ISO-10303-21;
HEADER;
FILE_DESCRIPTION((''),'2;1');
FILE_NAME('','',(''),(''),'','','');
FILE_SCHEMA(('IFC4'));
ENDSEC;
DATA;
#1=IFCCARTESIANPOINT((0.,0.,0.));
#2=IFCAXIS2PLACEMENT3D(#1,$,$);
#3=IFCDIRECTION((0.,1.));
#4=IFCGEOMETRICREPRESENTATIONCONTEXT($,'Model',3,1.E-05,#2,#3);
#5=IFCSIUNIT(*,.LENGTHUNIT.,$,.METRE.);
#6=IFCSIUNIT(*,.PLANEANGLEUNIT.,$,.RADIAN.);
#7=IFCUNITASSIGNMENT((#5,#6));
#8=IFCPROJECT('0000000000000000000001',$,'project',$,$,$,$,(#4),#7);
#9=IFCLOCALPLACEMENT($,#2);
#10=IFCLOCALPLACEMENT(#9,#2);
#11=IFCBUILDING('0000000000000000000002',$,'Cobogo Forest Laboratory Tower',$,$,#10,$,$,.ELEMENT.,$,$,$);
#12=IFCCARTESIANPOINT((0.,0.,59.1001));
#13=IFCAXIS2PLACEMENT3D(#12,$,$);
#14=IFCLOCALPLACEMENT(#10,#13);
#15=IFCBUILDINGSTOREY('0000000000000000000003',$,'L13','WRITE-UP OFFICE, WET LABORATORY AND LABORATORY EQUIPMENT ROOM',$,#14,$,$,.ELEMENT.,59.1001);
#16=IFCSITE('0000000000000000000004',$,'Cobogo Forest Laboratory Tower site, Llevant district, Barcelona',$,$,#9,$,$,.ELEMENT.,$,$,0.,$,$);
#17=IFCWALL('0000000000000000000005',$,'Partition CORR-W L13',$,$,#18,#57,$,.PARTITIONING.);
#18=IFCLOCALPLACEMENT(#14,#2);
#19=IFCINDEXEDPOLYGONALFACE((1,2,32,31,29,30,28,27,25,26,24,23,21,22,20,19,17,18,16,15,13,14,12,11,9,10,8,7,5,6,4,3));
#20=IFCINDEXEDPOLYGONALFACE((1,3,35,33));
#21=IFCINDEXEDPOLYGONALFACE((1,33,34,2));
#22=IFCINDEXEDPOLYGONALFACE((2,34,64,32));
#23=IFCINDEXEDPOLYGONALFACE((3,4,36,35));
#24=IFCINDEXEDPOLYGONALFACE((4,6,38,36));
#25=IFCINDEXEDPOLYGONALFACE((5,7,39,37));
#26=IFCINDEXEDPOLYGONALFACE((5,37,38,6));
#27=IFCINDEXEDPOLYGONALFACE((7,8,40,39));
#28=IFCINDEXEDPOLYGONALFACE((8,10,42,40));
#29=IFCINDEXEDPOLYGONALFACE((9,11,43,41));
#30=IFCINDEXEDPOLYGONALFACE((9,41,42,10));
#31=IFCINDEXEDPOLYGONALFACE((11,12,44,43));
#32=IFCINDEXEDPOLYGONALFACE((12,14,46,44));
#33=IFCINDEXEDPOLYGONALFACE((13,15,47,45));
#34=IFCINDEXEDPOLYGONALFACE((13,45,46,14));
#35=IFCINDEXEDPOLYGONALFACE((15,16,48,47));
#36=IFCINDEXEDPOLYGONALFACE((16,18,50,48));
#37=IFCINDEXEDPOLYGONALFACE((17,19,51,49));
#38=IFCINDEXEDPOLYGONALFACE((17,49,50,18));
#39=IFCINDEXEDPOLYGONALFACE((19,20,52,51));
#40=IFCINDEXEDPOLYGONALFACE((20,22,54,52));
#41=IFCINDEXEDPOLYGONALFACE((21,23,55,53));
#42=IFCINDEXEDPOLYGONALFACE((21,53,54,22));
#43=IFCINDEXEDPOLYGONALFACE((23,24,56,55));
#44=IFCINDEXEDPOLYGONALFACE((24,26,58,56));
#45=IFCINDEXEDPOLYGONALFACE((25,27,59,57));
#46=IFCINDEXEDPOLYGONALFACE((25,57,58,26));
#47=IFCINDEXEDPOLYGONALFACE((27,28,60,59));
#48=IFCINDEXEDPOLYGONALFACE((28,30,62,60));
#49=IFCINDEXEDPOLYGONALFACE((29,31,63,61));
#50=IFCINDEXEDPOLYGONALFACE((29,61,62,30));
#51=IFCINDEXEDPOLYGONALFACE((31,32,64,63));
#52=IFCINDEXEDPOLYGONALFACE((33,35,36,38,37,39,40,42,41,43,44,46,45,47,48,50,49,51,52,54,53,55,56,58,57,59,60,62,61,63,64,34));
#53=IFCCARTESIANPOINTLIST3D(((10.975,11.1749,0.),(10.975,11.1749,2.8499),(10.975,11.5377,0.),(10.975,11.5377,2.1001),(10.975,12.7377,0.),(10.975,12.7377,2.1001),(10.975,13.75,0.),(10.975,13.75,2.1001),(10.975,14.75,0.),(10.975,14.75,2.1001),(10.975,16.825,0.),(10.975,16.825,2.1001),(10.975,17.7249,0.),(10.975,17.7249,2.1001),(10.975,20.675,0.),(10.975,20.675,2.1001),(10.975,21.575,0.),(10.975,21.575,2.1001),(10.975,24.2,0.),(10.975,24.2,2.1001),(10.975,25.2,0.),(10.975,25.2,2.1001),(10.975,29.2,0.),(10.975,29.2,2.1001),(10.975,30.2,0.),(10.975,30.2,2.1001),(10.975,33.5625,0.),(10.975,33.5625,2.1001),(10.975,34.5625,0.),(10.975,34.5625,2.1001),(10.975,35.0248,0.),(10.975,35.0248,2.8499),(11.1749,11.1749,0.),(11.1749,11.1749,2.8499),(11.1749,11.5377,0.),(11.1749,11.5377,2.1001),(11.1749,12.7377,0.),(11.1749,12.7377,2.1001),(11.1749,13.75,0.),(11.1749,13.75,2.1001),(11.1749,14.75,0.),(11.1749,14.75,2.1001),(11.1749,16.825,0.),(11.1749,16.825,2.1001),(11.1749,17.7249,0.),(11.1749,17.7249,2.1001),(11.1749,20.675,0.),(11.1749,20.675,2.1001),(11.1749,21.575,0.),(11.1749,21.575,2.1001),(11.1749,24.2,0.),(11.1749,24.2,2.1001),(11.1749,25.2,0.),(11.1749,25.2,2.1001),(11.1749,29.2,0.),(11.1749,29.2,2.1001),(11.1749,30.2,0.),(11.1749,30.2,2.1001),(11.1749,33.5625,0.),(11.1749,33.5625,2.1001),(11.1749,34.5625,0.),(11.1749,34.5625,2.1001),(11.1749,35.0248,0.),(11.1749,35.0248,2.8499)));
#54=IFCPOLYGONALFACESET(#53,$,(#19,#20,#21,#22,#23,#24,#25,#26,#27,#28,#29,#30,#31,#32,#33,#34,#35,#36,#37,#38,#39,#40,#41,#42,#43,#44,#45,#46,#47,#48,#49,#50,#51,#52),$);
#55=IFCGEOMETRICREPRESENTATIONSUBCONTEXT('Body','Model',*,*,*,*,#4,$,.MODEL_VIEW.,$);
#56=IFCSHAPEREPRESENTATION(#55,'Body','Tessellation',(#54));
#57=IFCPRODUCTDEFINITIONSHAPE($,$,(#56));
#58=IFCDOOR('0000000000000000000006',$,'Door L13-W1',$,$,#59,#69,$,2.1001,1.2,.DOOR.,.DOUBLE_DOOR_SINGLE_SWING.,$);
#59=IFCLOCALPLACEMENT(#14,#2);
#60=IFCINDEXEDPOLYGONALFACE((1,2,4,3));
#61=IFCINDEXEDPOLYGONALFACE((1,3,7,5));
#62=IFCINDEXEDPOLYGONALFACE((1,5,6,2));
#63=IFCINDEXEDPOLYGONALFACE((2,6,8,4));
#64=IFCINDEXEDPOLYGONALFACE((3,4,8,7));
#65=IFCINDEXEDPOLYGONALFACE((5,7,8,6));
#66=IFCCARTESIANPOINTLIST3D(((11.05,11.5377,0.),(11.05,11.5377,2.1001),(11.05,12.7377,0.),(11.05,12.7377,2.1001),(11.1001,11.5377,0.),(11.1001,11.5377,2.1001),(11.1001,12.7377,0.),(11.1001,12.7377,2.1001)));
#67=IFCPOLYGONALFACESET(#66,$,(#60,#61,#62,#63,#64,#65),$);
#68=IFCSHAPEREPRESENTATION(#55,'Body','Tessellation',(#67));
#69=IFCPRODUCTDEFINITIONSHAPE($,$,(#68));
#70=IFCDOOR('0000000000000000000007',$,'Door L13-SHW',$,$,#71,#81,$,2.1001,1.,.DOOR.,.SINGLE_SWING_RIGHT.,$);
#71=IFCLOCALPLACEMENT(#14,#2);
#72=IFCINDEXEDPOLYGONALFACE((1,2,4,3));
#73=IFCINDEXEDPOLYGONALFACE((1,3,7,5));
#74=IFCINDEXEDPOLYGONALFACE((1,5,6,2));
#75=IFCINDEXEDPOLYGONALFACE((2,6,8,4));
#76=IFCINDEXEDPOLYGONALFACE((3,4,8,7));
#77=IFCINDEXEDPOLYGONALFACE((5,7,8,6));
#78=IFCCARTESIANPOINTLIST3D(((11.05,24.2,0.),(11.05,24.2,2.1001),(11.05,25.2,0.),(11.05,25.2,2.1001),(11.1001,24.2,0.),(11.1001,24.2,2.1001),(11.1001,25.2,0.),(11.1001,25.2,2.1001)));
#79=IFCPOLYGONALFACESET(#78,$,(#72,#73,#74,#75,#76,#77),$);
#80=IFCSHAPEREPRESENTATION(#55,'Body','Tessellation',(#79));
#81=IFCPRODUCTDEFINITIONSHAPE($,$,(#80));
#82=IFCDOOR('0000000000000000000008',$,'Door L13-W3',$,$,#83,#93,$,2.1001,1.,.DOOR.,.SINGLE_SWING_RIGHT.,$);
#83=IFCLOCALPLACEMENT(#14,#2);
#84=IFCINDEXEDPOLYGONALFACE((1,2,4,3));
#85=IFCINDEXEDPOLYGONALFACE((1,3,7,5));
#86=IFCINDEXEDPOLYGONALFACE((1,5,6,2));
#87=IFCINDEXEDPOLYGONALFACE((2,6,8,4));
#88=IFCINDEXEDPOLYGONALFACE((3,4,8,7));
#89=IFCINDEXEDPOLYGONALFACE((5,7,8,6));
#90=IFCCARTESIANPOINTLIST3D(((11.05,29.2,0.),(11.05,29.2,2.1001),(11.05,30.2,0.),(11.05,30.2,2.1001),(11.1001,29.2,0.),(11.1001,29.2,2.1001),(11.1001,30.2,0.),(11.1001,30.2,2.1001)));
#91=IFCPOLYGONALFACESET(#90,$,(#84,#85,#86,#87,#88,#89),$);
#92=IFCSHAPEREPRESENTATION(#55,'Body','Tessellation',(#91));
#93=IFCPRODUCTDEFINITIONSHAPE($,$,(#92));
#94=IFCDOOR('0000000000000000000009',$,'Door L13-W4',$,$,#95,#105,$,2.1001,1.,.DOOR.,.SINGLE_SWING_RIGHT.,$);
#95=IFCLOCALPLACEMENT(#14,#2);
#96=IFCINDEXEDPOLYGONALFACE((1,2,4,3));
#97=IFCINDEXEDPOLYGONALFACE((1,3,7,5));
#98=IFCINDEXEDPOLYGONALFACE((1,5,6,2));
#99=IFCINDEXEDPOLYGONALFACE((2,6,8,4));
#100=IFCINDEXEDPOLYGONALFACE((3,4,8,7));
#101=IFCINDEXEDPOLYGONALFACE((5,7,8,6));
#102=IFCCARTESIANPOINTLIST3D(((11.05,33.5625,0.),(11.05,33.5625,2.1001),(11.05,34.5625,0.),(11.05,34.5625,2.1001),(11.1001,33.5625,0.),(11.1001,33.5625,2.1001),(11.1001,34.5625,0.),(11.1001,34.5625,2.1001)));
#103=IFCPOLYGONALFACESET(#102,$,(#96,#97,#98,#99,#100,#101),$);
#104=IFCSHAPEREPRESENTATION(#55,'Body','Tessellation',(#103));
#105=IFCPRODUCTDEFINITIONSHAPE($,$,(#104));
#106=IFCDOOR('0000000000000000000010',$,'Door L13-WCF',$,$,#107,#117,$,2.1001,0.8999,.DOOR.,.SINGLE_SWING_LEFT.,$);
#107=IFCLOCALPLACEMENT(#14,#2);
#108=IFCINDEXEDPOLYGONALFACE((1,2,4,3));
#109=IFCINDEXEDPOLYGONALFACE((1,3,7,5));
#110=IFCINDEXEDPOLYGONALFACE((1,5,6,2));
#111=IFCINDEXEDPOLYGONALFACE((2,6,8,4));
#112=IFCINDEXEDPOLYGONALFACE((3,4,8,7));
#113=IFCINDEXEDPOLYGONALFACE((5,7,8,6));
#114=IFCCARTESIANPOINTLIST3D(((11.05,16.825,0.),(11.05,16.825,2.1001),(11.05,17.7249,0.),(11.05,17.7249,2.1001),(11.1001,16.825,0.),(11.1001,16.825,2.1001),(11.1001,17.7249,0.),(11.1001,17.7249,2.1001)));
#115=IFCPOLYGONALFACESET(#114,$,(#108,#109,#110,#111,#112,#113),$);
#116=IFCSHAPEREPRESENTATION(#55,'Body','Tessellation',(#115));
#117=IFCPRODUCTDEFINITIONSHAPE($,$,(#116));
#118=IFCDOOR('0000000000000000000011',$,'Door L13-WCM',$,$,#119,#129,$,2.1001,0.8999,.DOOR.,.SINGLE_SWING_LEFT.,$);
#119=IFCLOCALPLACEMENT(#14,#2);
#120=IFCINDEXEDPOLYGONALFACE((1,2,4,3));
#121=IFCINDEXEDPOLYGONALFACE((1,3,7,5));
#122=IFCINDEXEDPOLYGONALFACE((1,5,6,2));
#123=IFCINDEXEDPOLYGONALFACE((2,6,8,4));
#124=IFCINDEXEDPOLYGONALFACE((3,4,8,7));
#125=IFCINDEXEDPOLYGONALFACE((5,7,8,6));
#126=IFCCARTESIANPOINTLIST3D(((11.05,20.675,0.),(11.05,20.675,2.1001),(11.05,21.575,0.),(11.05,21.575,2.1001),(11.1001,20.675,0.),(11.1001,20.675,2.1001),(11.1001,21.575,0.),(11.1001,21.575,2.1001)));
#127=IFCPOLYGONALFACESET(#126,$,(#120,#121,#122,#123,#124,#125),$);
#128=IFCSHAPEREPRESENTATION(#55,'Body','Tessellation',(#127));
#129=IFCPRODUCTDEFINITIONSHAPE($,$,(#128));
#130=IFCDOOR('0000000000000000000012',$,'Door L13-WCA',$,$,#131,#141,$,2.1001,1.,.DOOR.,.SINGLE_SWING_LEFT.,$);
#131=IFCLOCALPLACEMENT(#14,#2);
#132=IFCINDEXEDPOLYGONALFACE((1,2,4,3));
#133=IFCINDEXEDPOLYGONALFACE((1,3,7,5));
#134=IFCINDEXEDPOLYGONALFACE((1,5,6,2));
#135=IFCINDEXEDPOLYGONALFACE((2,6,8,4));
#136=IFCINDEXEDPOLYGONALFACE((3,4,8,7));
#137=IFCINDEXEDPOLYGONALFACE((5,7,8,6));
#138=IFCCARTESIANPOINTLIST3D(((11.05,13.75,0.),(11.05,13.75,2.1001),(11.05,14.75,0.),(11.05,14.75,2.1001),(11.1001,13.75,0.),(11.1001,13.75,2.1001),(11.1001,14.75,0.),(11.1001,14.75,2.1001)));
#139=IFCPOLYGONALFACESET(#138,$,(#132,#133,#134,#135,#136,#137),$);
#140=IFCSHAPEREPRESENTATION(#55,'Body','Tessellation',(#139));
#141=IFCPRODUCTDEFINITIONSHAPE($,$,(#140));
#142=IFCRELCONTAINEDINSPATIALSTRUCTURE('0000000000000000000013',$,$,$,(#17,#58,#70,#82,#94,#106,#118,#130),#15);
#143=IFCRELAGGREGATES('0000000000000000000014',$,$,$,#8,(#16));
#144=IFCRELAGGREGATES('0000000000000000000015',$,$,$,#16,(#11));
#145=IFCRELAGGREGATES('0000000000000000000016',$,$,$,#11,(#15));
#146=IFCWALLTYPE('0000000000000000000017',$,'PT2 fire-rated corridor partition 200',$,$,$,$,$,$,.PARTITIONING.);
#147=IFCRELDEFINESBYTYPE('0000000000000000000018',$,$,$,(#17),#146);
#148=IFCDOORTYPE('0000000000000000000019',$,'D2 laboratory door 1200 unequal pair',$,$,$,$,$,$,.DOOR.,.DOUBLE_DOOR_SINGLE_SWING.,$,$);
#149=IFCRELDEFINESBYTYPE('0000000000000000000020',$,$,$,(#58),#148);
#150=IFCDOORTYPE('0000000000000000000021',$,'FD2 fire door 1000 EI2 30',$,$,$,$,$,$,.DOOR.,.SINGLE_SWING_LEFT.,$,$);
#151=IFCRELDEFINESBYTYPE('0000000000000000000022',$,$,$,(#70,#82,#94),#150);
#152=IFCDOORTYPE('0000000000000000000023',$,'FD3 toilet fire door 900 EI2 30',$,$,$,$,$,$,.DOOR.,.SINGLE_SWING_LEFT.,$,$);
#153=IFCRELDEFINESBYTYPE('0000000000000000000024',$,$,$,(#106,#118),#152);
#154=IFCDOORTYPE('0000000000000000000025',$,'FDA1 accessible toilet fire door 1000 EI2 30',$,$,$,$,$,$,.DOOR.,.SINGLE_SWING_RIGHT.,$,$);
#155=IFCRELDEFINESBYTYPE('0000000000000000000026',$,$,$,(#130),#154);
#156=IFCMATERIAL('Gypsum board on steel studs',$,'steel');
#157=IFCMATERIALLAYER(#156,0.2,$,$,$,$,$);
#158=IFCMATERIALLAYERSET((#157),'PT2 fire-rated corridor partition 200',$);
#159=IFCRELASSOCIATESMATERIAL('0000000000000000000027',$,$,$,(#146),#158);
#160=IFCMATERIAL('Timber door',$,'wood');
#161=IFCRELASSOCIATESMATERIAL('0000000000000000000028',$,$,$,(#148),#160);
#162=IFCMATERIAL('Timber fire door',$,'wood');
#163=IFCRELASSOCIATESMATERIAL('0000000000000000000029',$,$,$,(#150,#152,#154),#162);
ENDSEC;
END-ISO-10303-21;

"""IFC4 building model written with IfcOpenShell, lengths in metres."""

from ifc_helpers import new_model, si_unit, direction, frame, frame_2d, origin, place, context, subcontext, project, spatial, rectangle, extrude, material, layer, layer_set, type_object, element, fill, save


model = new_model("IFC4")

# Units and contexts
model_context = context("Model", 3, precision=1e-05, world=origin(), true_north=direction((0.0, 1.0)))
body_context = subcontext(model_context, "Body", "Model", "MODEL_VIEW")
ifc_project = project(units=[si_unit("LENGTHUNIT", "METRE"), si_unit("PLANEANGLEUNIT", "RADIAN")], contexts=[model_context])

# Site, building, storey
site_placement = place(None, origin())
site = spatial("IfcSite", under=ifc_project, at=site_placement, Name="Cobogo Forest Laboratory Tower site, Llevant district, Barcelona", CompositionType="ELEMENT", RefElevation=0.0)
building_placement = place(site_placement, origin())
building = spatial("IfcBuilding", under=site, at=building_placement, Name="Cobogo Forest Laboratory Tower", CompositionType="ELEMENT")
storey_placement = place(building_placement, frame((0.0, 0.0, 59.1001)))
storey = spatial("IfcBuildingStorey", under=building, at=storey_placement, Name="L13", Description="WRITE-UP OFFICE, WET LABORATORY AND LABORATORY EQUIPMENT ROOM", CompositionType="ELEMENT", Elevation=59.1001)

# Shared definitions
ifc_material_1 = material(Name="Gypsum board on steel studs", Category="steel")

# Wall, openings, doors
ifc_layer_1 = layer(ifc_material_1, 0.2)
ifc_layer_set_1 = layer_set([ifc_layer_1], Name="PT2 fire-rated corridor partition 200")
wall_type_1 = type_object("IfcWallType", Name="PT2 fire-rated corridor partition 200", PredefinedType="PARTITIONING", material=ifc_layer_set_1)
ifc_material_2 = material(Name="Timber door", Category="wood")
door_type_1 = type_object("IfcDoorType", Name="D2 laboratory door 1200 unequal pair", OperationType="DOUBLE_DOOR_SINGLE_SWING", PredefinedType="DOOR", material=ifc_material_2)
ifc_material_3 = material(Name="Timber fire door", Category="wood")
door_type_2 = type_object("IfcDoorType", Name="FD2 fire door 1000 EI2 30", OperationType="SINGLE_SWING_LEFT", PredefinedType="DOOR", material=ifc_material_3)
wall_1_placement = place(storey_placement, frame((11.075, 11.175, 0.0), z_axis=(0.0, 0.0, 1.0), x_axis=(0.0, 1.0, 0.0)))
wall_1 = element("IfcWall", 1, at=wall_1_placement, inside=storey, type_object=wall_type_1, Name="Partition CORR-W L13", PredefinedType="PARTITIONING", context=body_context, shape_type="SweptSolid", body=[
    extrude(rectangle(XDim=23.8499, YDim=0.2, at=frame_2d((11.9248, 0.0))), origin(), (0.0, 0.0, 1.0), 2.8499),
])
opening_1_placement = place(wall_1_placement, frame((0.3625, 0.0, 0.0)))
opening_1 = element("IfcOpeningElement", 2, at=opening_1_placement, cuts=wall_1, PredefinedType="OPENING", context=body_context, shape_type="SweptSolid", body=[
    extrude(rectangle(XDim=1.2, YDim=2.1001, at=frame_2d((0.6001, 1.05))), frame((0.0, 0.1099, 0.0), z_axis=(0.0, -1.0, 0.0), x_axis=(1.0, 0.0, 0.0)), (0.0, 0.0, 1.0), 0.22),
])
opening_2_placement = place(wall_1_placement, frame((2.575, 0.0, 0.0)))
opening_2 = element("IfcOpeningElement", 3, at=opening_2_placement, cuts=wall_1, PredefinedType="OPENING", context=body_context, shape_type="SweptSolid", body=[
    extrude(rectangle(XDim=1.0, YDim=2.1001, at=frame_2d((0.5, 1.05))), frame((0.0, 0.1099, 0.0), z_axis=(0.0, -1.0, 0.0), x_axis=(1.0, 0.0, 0.0)), (0.0, 0.0, 1.0), 0.22),
])
opening_3_placement = place(wall_1_placement, frame((5.6499, 0.0, 0.0)))
opening_3 = element("IfcOpeningElement", 4, at=opening_3_placement, cuts=wall_1, PredefinedType="OPENING", context=body_context, shape_type="SweptSolid", body=[
    extrude(rectangle(XDim=0.8999, YDim=2.1001, at=frame_2d((0.45, 1.05))), frame((0.0, 0.1099, 0.0), z_axis=(0.0, -1.0, 0.0), x_axis=(1.0, 0.0, 0.0)), (0.0, 0.0, 1.0), 0.22),
])
opening_4_placement = place(wall_1_placement, frame((9.5, 0.0, 0.0)))
opening_4 = element("IfcOpeningElement", 5, at=opening_4_placement, cuts=wall_1, PredefinedType="OPENING", context=body_context, shape_type="SweptSolid", body=[
    extrude(rectangle(XDim=0.8999, YDim=2.1001, at=frame_2d((0.45, 1.05))), frame((0.0, 0.1099, 0.0), z_axis=(0.0, -1.0, 0.0), x_axis=(1.0, 0.0, 0.0)), (0.0, 0.0, 1.0), 0.22),
])
opening_5_placement = place(wall_1_placement, frame((13.0249, 0.0, 0.0)))
opening_5 = element("IfcOpeningElement", 6, at=opening_5_placement, cuts=wall_1, PredefinedType="OPENING", context=body_context, shape_type="SweptSolid", body=[
    extrude(rectangle(XDim=1.0, YDim=2.1001, at=frame_2d((0.5, 1.05))), frame((0.0, 0.1099, 0.0), z_axis=(0.0, -1.0, 0.0), x_axis=(1.0, 0.0, 0.0)), (0.0, 0.0, 1.0), 0.22),
])
opening_6_placement = place(wall_1_placement, frame((18.0249, 0.0, 0.0)))
opening_6 = element("IfcOpeningElement", 7, at=opening_6_placement, cuts=wall_1, PredefinedType="OPENING", context=body_context, shape_type="SweptSolid", body=[
    extrude(rectangle(XDim=1.0, YDim=2.1001, at=frame_2d((0.5, 1.05))), frame((0.0, 0.1099, 0.0), z_axis=(0.0, -1.0, 0.0), x_axis=(1.0, 0.0, 0.0)), (0.0, 0.0, 1.0), 0.22),
])
opening_7_placement = place(wall_1_placement, frame((22.3875, 0.0, 0.0)))
opening_7 = element("IfcOpeningElement", 8, at=opening_7_placement, cuts=wall_1, PredefinedType="OPENING", context=body_context, shape_type="SweptSolid", body=[
    extrude(rectangle(XDim=1.0, YDim=2.1001, at=frame_2d((0.5, 1.05))), frame((0.0, 0.1099, 0.0), z_axis=(0.0, -1.0, 0.0), x_axis=(1.0, 0.0, 0.0)), (0.0, 0.0, 1.0), 0.22),
])
door_1_placement = place(opening_1_placement, origin())
door_1 = element("IfcDoor", 9, at=door_1_placement, inside=storey, type_object=door_type_1, Name="Door L13-W1", OperationType="DOUBLE_DOOR_SINGLE_SWING", OverallHeight=2.1001, OverallWidth=1.2, PredefinedType="DOOR", context=body_context, shape_type="SweptSolid", body=[
    extrude(rectangle(XDim=1.2, YDim=2.1001, at=frame_2d((0.6001, 1.05))), frame((0.0, 0.0249, 0.0), z_axis=(0.0, -1.0, 0.0), x_axis=(1.0, 0.0, 0.0)), (0.0, 0.0, 1.0), 0.05),
])
fill(opening_1, door_1)
door_2_placement = place(opening_5_placement, origin())
door_2 = element("IfcDoor", 10, at=door_2_placement, inside=storey, type_object=door_type_2, Name="Door L13-SHW", OperationType="SINGLE_SWING_RIGHT", OverallHeight=2.1001, OverallWidth=1.0, PredefinedType="DOOR", context=body_context, shape_type="SweptSolid", body=[
    extrude(rectangle(XDim=1.0, YDim=2.1001, at=frame_2d((0.5, 1.05))), frame((0.0, 0.0249, 0.0), z_axis=(0.0, -1.0, 0.0), x_axis=(1.0, 0.0, 0.0)), (0.0, 0.0, 1.0), 0.05),
])
fill(opening_5, door_2)
door_3_placement = place(opening_6_placement, origin())
door_3 = element("IfcDoor", 11, at=door_3_placement, inside=storey, type_object=door_type_2, Name="Door L13-W3", OperationType="SINGLE_SWING_RIGHT", OverallHeight=2.1001, OverallWidth=1.0, PredefinedType="DOOR", context=body_context, shape_type="SweptSolid", body=[
    extrude(rectangle(XDim=1.0, YDim=2.1001, at=frame_2d((0.5, 1.05))), frame((0.0, 0.0249, 0.0), z_axis=(0.0, -1.0, 0.0), x_axis=(1.0, 0.0, 0.0)), (0.0, 0.0, 1.0), 0.05),
])
fill(opening_6, door_3)
door_4_placement = place(opening_7_placement, origin())
door_4 = element("IfcDoor", 12, at=door_4_placement, inside=storey, type_object=door_type_2, Name="Door L13-W4", OperationType="SINGLE_SWING_RIGHT", OverallHeight=2.1001, OverallWidth=1.0, PredefinedType="DOOR", context=body_context, shape_type="SweptSolid", body=[
    extrude(rectangle(XDim=1.0, YDim=2.1001, at=frame_2d((0.5, 1.05))), frame((0.0, 0.0249, 0.0), z_axis=(0.0, -1.0, 0.0), x_axis=(1.0, 0.0, 0.0)), (0.0, 0.0, 1.0), 0.05),
])
fill(opening_7, door_4)
door_type_3 = type_object("IfcDoorType", Name="FD3 toilet fire door 900 EI2 30", OperationType="SINGLE_SWING_LEFT", PredefinedType="DOOR", material=ifc_material_3)
door_5_placement = place(opening_3_placement, origin())
door_5 = element("IfcDoor", 13, at=door_5_placement, inside=storey, type_object=door_type_3, Name="Door L13-WCF", OperationType="SINGLE_SWING_LEFT", OverallHeight=2.1001, OverallWidth=0.8999, PredefinedType="DOOR", context=body_context, shape_type="SweptSolid", body=[
    extrude(rectangle(XDim=0.8999, YDim=2.1001, at=frame_2d((0.45, 1.05))), frame((0.0, 0.0249, 0.0), z_axis=(0.0, -1.0, 0.0), x_axis=(1.0, 0.0, 0.0)), (0.0, 0.0, 1.0), 0.05),
])
fill(opening_3, door_5)
door_6_placement = place(opening_4_placement, origin())
door_6 = element("IfcDoor", 14, at=door_6_placement, inside=storey, type_object=door_type_3, Name="Door L13-WCM", OperationType="SINGLE_SWING_LEFT", OverallHeight=2.1001, OverallWidth=0.8999, PredefinedType="DOOR", context=body_context, shape_type="SweptSolid", body=[
    extrude(rectangle(XDim=0.8999, YDim=2.1001, at=frame_2d((0.45, 1.05))), frame((0.0, 0.0249, 0.0), z_axis=(0.0, -1.0, 0.0), x_axis=(1.0, 0.0, 0.0)), (0.0, 0.0, 1.0), 0.05),
])
fill(opening_4, door_6)
door_type_4 = type_object("IfcDoorType", Name="FDA1 accessible toilet fire door 1000 EI2 30", OperationType="SINGLE_SWING_RIGHT", PredefinedType="DOOR", material=ifc_material_3)
door_7_placement = place(opening_2_placement, origin())
door_7 = element("IfcDoor", 15, at=door_7_placement, inside=storey, type_object=door_type_4, Name="Door L13-WCA", OperationType="SINGLE_SWING_LEFT", OverallHeight=2.1001, OverallWidth=1.0, PredefinedType="DOOR", context=body_context, shape_type="SweptSolid", body=[
    extrude(rectangle(XDim=1.0, YDim=2.1001, at=frame_2d((0.5, 1.05))), frame((0.0, 0.0249, 0.0), z_axis=(0.0, -1.0, 0.0), x_axis=(1.0, 0.0, 0.0)), (0.0, 0.0, 1.0), 0.05),
])
fill(opening_2, door_7)

save(model, "model.ifc")
